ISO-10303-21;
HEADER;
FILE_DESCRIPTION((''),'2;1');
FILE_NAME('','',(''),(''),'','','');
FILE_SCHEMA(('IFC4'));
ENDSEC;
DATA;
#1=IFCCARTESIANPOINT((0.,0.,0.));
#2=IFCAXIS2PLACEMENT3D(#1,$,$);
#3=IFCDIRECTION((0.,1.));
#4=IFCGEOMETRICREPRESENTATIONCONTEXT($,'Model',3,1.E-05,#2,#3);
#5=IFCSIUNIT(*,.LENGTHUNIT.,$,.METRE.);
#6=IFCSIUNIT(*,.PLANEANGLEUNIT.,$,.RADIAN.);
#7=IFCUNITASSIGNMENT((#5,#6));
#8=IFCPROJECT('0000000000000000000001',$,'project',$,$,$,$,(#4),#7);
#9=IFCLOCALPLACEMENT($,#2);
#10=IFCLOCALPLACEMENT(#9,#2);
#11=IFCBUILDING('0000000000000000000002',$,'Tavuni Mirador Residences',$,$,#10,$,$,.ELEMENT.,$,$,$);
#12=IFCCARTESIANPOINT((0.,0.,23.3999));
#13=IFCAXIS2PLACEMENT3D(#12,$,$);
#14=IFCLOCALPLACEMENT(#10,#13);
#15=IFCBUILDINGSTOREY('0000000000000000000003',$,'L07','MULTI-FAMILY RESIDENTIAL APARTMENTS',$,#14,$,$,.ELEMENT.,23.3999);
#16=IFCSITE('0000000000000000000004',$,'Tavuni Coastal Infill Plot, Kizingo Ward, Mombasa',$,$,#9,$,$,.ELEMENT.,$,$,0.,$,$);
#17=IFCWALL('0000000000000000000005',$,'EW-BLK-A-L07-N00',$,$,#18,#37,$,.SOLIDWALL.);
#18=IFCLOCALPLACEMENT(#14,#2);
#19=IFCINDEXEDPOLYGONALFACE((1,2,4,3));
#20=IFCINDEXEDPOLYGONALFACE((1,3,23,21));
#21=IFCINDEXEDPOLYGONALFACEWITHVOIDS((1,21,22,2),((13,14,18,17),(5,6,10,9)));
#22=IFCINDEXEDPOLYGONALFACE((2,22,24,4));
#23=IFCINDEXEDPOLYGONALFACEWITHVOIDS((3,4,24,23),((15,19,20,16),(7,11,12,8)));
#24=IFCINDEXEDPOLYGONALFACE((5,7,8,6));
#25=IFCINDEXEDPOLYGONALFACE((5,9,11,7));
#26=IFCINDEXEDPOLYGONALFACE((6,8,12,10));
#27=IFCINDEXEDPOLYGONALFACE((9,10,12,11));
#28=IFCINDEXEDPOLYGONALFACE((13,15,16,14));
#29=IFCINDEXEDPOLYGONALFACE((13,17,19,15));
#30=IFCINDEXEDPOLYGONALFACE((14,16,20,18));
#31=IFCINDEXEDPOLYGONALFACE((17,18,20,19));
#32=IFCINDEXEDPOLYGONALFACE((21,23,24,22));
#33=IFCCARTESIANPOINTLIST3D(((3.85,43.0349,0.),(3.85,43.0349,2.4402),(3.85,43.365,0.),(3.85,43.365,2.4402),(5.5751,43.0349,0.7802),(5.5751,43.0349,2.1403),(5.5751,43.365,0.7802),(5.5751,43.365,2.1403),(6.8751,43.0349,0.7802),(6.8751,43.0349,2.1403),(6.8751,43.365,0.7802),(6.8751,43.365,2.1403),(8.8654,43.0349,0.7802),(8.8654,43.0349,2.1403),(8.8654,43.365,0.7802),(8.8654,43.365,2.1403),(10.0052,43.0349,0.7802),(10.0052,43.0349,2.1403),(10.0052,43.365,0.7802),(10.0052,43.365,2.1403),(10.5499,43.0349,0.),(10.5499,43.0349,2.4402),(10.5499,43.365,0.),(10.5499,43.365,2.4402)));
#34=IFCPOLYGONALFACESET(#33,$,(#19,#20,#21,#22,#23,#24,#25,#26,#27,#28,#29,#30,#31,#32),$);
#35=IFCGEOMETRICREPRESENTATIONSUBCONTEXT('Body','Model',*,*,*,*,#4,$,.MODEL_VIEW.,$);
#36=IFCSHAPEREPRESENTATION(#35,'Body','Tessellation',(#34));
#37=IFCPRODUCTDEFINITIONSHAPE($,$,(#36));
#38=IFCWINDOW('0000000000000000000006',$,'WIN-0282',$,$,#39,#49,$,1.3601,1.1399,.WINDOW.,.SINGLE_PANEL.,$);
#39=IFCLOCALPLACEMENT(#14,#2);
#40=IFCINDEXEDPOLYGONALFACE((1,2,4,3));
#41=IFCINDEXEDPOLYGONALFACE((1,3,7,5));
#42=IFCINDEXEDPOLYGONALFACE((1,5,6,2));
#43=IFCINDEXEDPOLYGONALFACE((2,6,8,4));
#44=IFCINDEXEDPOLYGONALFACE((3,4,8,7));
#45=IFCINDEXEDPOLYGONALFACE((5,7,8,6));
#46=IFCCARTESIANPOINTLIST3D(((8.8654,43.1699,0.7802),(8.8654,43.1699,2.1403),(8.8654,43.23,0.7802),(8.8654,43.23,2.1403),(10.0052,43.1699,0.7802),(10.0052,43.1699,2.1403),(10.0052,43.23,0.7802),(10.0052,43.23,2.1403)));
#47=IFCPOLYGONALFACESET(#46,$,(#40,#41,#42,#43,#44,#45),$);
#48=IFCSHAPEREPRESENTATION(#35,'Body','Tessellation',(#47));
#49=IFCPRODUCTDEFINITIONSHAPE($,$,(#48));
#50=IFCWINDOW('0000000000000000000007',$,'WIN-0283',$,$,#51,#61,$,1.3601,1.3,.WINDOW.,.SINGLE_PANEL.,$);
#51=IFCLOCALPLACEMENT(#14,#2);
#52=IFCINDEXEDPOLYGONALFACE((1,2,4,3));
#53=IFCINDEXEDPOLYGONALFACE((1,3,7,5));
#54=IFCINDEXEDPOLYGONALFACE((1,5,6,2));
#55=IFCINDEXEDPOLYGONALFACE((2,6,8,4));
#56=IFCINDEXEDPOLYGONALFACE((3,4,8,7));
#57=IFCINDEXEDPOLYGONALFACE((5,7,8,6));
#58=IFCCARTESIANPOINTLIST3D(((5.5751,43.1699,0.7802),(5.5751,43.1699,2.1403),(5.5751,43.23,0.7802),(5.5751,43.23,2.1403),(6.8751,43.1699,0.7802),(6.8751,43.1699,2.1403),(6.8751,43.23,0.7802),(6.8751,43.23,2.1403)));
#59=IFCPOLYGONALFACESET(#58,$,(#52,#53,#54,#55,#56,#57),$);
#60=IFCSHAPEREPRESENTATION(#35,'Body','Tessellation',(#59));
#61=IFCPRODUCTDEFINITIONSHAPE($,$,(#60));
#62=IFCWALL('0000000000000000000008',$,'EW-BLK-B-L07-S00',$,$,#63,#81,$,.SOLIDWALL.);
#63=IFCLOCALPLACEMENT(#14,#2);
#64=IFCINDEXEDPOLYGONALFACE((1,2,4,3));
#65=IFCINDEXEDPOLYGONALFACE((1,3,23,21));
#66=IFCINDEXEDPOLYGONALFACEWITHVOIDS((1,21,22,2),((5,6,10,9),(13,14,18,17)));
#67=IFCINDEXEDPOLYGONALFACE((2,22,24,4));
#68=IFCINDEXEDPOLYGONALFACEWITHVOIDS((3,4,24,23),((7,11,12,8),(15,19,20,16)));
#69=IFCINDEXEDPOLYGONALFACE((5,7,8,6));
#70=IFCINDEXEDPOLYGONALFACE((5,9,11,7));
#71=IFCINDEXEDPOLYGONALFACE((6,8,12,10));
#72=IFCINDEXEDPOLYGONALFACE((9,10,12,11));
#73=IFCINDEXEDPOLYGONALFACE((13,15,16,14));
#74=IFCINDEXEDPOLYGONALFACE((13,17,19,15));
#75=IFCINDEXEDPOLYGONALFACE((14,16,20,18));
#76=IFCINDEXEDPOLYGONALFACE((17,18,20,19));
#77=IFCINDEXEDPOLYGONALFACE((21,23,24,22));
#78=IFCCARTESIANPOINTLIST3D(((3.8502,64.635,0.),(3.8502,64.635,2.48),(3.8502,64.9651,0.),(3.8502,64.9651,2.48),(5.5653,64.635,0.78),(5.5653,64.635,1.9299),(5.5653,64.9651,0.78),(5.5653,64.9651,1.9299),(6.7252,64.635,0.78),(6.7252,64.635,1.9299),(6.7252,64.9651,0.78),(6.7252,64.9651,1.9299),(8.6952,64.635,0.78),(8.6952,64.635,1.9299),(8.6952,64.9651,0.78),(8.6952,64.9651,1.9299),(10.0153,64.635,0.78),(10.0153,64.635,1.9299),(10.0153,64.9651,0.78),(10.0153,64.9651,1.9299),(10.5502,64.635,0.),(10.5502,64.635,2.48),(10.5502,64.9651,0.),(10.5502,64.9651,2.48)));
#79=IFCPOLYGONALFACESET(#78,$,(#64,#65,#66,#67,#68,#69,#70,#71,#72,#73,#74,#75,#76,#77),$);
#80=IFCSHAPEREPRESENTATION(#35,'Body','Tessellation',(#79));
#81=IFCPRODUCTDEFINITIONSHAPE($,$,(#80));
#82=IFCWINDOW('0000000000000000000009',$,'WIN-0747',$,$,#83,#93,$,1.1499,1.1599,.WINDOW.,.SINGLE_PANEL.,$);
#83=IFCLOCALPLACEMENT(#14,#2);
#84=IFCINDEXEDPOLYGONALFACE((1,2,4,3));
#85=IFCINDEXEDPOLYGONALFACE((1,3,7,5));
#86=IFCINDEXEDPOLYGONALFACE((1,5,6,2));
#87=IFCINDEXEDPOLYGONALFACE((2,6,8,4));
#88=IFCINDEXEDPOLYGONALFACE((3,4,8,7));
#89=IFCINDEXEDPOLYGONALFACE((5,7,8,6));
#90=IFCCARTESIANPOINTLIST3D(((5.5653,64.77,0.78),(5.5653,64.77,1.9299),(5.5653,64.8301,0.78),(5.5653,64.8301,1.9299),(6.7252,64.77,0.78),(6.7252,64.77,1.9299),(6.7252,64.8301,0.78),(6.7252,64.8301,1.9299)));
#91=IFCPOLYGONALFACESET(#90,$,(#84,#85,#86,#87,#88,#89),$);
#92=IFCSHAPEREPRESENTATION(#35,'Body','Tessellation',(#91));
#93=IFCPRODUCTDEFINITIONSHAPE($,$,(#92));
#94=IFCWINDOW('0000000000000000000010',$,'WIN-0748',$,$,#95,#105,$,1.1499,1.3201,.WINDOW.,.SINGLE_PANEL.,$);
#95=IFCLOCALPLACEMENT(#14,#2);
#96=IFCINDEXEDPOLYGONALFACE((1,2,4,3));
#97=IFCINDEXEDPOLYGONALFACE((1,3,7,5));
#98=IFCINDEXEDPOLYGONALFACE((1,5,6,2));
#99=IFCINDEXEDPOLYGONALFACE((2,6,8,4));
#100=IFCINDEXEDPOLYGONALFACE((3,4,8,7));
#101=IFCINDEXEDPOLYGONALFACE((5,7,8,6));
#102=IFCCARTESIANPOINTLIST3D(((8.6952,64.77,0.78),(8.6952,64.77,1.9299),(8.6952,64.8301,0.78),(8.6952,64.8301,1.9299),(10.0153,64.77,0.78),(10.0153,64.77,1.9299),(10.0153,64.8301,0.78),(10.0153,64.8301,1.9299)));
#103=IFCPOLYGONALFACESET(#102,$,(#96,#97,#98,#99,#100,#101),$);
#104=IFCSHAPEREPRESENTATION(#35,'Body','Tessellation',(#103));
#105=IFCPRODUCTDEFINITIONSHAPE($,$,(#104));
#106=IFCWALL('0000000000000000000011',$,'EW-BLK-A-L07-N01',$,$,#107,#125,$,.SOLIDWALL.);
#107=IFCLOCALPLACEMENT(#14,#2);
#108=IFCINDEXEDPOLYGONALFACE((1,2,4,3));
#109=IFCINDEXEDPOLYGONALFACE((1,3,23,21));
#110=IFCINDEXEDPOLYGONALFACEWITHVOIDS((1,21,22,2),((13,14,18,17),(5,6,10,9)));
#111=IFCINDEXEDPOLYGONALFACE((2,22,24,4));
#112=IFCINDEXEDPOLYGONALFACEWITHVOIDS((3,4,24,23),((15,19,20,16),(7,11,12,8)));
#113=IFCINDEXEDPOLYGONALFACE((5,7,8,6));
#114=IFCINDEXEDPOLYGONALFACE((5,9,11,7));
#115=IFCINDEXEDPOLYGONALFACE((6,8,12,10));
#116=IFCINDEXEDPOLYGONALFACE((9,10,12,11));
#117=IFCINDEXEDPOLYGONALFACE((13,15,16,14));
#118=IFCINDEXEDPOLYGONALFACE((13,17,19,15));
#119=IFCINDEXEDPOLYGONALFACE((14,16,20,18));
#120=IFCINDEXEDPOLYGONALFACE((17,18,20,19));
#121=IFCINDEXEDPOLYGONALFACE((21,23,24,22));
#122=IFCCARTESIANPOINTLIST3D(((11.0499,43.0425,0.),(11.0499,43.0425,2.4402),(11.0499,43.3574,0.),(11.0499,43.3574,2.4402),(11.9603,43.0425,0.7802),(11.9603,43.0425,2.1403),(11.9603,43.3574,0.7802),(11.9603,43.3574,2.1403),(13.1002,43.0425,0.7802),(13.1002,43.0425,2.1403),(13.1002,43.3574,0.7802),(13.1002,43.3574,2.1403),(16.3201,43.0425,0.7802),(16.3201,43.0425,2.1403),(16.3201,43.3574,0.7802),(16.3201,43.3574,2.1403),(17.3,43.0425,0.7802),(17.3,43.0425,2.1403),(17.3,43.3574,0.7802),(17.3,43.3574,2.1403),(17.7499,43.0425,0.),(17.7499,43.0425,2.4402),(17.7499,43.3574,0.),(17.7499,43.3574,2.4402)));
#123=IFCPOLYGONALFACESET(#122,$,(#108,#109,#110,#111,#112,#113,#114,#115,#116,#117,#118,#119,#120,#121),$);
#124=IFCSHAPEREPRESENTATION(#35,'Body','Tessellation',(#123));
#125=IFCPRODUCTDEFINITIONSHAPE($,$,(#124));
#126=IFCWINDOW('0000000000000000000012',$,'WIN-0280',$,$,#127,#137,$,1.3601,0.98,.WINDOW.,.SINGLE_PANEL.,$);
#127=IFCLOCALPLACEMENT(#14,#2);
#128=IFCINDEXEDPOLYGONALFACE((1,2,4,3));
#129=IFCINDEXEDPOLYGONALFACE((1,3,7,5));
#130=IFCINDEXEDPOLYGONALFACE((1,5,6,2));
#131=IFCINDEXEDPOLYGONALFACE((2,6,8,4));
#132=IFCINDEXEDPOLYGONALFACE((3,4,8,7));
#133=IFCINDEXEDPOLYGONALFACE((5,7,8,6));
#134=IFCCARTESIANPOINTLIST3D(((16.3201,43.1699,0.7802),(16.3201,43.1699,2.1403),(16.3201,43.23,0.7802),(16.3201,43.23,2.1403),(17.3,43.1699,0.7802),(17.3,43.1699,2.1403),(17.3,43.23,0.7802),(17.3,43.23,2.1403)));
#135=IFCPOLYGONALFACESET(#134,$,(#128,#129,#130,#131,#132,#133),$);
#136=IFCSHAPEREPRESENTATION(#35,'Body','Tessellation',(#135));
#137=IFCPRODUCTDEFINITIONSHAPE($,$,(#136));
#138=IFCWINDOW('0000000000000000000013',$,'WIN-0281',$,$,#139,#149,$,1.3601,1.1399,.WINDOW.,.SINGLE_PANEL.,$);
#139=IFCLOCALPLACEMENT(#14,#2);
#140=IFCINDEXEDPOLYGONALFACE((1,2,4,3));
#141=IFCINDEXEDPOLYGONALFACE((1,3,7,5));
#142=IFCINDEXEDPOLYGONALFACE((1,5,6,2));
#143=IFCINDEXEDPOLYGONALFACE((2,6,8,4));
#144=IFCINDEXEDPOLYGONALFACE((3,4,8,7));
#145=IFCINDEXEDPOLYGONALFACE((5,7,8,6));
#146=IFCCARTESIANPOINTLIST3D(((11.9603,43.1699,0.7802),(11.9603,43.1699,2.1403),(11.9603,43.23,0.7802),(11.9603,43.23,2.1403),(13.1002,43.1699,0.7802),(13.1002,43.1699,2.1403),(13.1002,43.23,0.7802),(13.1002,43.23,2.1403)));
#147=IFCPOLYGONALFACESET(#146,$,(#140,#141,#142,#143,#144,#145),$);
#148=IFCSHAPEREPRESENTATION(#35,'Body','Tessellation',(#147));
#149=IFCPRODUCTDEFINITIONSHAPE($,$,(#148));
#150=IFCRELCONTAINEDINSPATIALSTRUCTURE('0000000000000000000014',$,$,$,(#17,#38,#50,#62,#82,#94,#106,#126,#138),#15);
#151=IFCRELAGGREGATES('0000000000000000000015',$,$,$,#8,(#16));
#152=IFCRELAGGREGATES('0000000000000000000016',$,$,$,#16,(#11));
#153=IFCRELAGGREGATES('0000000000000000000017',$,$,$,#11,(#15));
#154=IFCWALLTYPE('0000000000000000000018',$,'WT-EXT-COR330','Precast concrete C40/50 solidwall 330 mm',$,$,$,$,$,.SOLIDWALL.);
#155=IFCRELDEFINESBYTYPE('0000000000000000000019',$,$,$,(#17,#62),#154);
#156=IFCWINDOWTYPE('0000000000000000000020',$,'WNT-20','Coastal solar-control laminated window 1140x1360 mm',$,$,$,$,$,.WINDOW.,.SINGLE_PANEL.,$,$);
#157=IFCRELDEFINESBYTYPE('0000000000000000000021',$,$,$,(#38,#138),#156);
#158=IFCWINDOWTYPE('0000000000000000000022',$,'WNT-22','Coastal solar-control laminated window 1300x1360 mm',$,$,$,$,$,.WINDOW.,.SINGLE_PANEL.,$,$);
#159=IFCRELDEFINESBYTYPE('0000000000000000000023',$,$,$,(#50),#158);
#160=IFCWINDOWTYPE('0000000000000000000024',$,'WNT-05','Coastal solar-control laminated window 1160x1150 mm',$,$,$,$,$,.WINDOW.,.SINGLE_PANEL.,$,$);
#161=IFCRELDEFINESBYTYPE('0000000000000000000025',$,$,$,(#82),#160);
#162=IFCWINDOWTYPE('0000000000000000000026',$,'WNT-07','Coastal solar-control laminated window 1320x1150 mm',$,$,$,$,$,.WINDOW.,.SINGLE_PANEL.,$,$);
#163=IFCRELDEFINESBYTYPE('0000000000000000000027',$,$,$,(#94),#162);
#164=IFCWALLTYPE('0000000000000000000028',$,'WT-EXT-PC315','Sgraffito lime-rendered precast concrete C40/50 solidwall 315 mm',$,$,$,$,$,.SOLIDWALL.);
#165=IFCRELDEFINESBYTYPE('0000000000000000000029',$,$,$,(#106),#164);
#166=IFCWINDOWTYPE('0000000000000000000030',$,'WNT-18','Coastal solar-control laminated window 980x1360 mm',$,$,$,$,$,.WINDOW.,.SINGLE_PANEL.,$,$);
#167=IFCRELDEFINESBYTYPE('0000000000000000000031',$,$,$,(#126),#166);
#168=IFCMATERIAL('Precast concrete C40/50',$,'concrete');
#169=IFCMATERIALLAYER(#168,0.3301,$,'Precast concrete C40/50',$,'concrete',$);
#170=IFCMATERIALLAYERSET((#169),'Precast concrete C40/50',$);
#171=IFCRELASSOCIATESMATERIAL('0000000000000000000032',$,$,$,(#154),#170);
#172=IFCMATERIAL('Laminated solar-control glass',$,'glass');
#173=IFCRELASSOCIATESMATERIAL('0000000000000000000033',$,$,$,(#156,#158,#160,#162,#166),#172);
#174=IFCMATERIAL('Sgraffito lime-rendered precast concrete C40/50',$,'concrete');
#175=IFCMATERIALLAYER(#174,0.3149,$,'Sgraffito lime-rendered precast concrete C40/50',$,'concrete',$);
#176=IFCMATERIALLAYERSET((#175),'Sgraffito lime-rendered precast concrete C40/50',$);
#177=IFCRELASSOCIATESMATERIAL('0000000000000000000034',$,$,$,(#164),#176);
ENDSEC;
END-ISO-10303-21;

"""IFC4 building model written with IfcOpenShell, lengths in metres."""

from ifc_helpers import new_model, si_unit, direction, frame, frame_2d, origin, place, context, subcontext, project, spatial, rectangle, extrude, material, layer, layer_set, type_object, element, fill, save


model = new_model("IFC4")

# Units and contexts
model_context = context("Model", 3, precision=1e-05, world=origin(), true_north=direction((0.0, 1.0)))
body_context = subcontext(model_context, "Body", "Model", "MODEL_VIEW")
ifc_project = project(units=[si_unit("LENGTHUNIT", "METRE"), si_unit("PLANEANGLEUNIT", "RADIAN")], contexts=[model_context])

# Site, building, storey
site_placement = place(None, origin())
site = spatial("IfcSite", under=ifc_project, at=site_placement, Name="Tavuni Coastal Infill Plot, Kizingo Ward, Mombasa", CompositionType="ELEMENT", RefElevation=0.0)
building_placement = place(site_placement, origin())
building = spatial("IfcBuilding", under=site, at=building_placement, Name="Tavuni Mirador Residences", CompositionType="ELEMENT")
storey_placement = place(building_placement, frame((0.0, 0.0, 23.3999)))
storey = spatial("IfcBuildingStorey", under=building, at=storey_placement, Name="L07", Description="MULTI-FAMILY RESIDENTIAL APARTMENTS", CompositionType="ELEMENT", Elevation=23.3999)

# Shared definitions
ifc_material_1 = material(Name="Precast concrete C40/50", Category="concrete")

# Walls, openings, windows
ifc_layer_1 = layer(ifc_material_1, 0.3301, Name="Precast concrete C40/50", Category="concrete")
ifc_layer_set_1 = layer_set([ifc_layer_1], Name="Precast concrete C40/50")
wall_type_1 = type_object("IfcWallType", Name="WT-EXT-COR330", Description="Precast concrete C40/50 solidwall 330 mm", PredefinedType="SOLIDWALL", material=ifc_layer_set_1)
wall_1_placement = place(storey_placement, frame((10.55, 43.2, 0.0), z_axis=(0.0, 0.0, 1.0), x_axis=(-1.0, 0.0, 0.0)))
wall_1 = element("IfcWall", 1, at=wall_1_placement, inside=storey, type_object=wall_type_1, Name="EW-BLK-A-L07-N00", PredefinedType="SOLIDWALL", context=body_context, shape_type="SweptSolid", body=[
    extrude(rectangle(XDim=6.7, YDim=0.3301, at=frame_2d((3.3501, 0.0))), origin(), (0.0, 0.0, 1.0), 2.4402),
])
opening_1_placement = place(wall_1_placement, frame((0.5449, 0.0, 0.78)))
opening_1 = element("IfcOpeningElement", 2, at=opening_1_placement, cuts=wall_1, PredefinedType="OPENING", context=body_context, shape_type="SweptSolid", body=[
    extrude(rectangle(XDim=1.1399, YDim=1.3601, at=frame_2d((0.5698, 0.6802))), frame((0.0, 0.175, 0.0), z_axis=(0.0, -1.0, 0.0), x_axis=(1.0, 0.0, 0.0)), (0.0, 0.0, 1.0), 0.3501),
])
opening_2_placement = place(wall_1_placement, frame((3.675, 0.0, 0.78)))
opening_2 = element("IfcOpeningElement", 3, at=opening_2_placement, cuts=wall_1, PredefinedType="OPENING", context=body_context, shape_type="SweptSolid", body=[
    extrude(rectangle(XDim=1.3, YDim=1.3601, at=frame_2d((0.6499, 0.6802))), frame((0.0, 0.175, 0.0), z_axis=(0.0, -1.0, 0.0), x_axis=(1.0, 0.0, 0.0)), (0.0, 0.0, 1.0), 0.3501),
])
ifc_material_2 = material(Name="Laminated solar-control glass", Category="glass")
window_type_1 = type_object("IfcWindowType", Name="WNT-20", Description="Coastal solar-control laminated window 1140x1360 mm", PartitioningType="SINGLE_PANEL", PredefinedType="WINDOW", material=ifc_material_2)
window_1_placement = place(opening_1_placement, origin())
window_1 = element("IfcWindow", 4, at=window_1_placement, inside=storey, type_object=window_type_1, Name="WIN-0282", OverallHeight=1.3601, OverallWidth=1.1399, PartitioningType="SINGLE_PANEL", PredefinedType="WINDOW", context=body_context, shape_type="SweptSolid", body=[
    extrude(rectangle(XDim=1.1399, YDim=1.3601, at=frame_2d((0.5698, 0.6802))), frame((0.0, 0.03, 0.0), z_axis=(0.0, -1.0, 0.0), x_axis=(1.0, 0.0, 0.0)), (0.0, 0.0, 1.0), 0.0601),
])
fill(opening_1, window_1)
window_type_2 = type_object("IfcWindowType", Name="WNT-22", Description="Coastal solar-control laminated window 1300x1360 mm", PartitioningType="SINGLE_PANEL", PredefinedType="WINDOW", material=ifc_material_2)
window_2_placement = place(opening_2_placement, origin())
window_2 = element("IfcWindow", 5, at=window_2_placement, inside=storey, type_object=window_type_2, Name="WIN-0283", OverallHeight=1.3601, OverallWidth=1.3, PartitioningType="SINGLE_PANEL", PredefinedType="WINDOW", context=body_context, shape_type="SweptSolid", body=[
    extrude(rectangle(XDim=1.3, YDim=1.3601, at=frame_2d((0.6499, 0.6802))), frame((0.0, 0.03, 0.0), z_axis=(0.0, -1.0, 0.0), x_axis=(1.0, 0.0, 0.0)), (0.0, 0.0, 1.0), 0.0601),
])
fill(opening_2, window_2)
wall_2_placement = place(storey_placement, frame((3.8501, 64.8, 0.0), z_axis=(0.0, 0.0, 1.0), x_axis=(1.0, 0.0, 0.0)))
wall_2 = element("IfcWall", 6, at=wall_2_placement, inside=storey, type_object=wall_type_1, Name="EW-BLK-B-L07-S00", PredefinedType="SOLIDWALL", context=body_context, shape_type="SweptSolid", body=[
    extrude(rectangle(XDim=6.7, YDim=0.3301, at=frame_2d((3.3501, 0.0))), origin(), (0.0, 0.0, 1.0), 2.48),
])
opening_3_placement = place(wall_2_placement, frame((1.7151, 0.0, 0.78)))
opening_3 = element("IfcOpeningElement", 7, at=opening_3_placement, cuts=wall_2, PredefinedType="OPENING", context=body_context, shape_type="SweptSolid", body=[
    extrude(rectangle(XDim=1.1599, YDim=1.1499, at=frame_2d((0.5801, 0.575))), frame((0.0, 0.175, 0.0), z_axis=(0.0, -1.0, 0.0), x_axis=(1.0, 0.0, 0.0)), (0.0, 0.0, 1.0), 0.3501),
])
opening_4_placement = place(wall_2_placement, frame((4.845, 0.0, 0.78)))
opening_4 = element("IfcOpeningElement", 8, at=opening_4_placement, cuts=wall_2, PredefinedType="OPENING", context=body_context, shape_type="SweptSolid", body=[
    extrude(rectangle(XDim=1.3201, YDim=1.1499, at=frame_2d((0.6602, 0.575))), frame((0.0, 0.175, 0.0), z_axis=(0.0, -1.0, 0.0), x_axis=(1.0, 0.0, 0.0)), (0.0, 0.0, 1.0), 0.3501),
])
window_type_3 = type_object("IfcWindowType", Name="WNT-05", Description="Coastal solar-control laminated window 1160x1150 mm", PartitioningType="SINGLE_PANEL", PredefinedType="WINDOW", material=ifc_material_2)
window_3_placement = place(opening_3_placement, origin())
window_3 = element("IfcWindow", 9, at=window_3_placement, inside=storey, type_object=window_type_3, Name="WIN-0747", OverallHeight=1.1499, OverallWidth=1.1599, PartitioningType="SINGLE_PANEL", PredefinedType="WINDOW", context=body_context, shape_type="SweptSolid", body=[
    extrude(rectangle(XDim=1.1599, YDim=1.1499, at=frame_2d((0.5801, 0.575))), frame((0.0, 0.03, 0.0), z_axis=(0.0, -1.0, 0.0), x_axis=(1.0, 0.0, 0.0)), (0.0, 0.0, 1.0), 0.0601),
])
fill(opening_3, window_3)
window_type_4 = type_object("IfcWindowType", Name="WNT-07", Description="Coastal solar-control laminated window 1320x1150 mm", PartitioningType="SINGLE_PANEL", PredefinedType="WINDOW", material=ifc_material_2)
window_4_placement = place(opening_4_placement, origin())
window_4 = element("IfcWindow", 10, at=window_4_placement, inside=storey, type_object=window_type_4, Name="WIN-0748", OverallHeight=1.1499, OverallWidth=1.3201, PartitioningType="SINGLE_PANEL", PredefinedType="WINDOW", context=body_context, shape_type="SweptSolid", body=[
    extrude(rectangle(XDim=1.3201, YDim=1.1499, at=frame_2d((0.6602, 0.575))), frame((0.0, 0.03, 0.0), z_axis=(0.0, -1.0, 0.0), x_axis=(1.0, 0.0, 0.0)), (0.0, 0.0, 1.0), 0.0601),
])
fill(opening_4, window_4)
ifc_material_3 = material(Name="Sgraffito lime-rendered precast concrete C40/50", Category="concrete")
ifc_layer_2 = layer(ifc_material_3, 0.3149, Name="Sgraffito lime-rendered precast concrete C40/50", Category="concrete")
ifc_layer_set_2 = layer_set([ifc_layer_2], Name="Sgraffito lime-rendered precast concrete C40/50")
wall_type_2 = type_object("IfcWallType", Name="WT-EXT-PC315", Description="Sgraffito lime-rendered precast concrete C40/50 solidwall 315 mm", PredefinedType="SOLIDWALL", material=ifc_layer_set_2)
wall_3_placement = place(storey_placement, frame((17.75, 43.2, 0.0), z_axis=(0.0, 0.0, 1.0), x_axis=(-1.0, 0.0, 0.0)))
wall_3 = element("IfcWall", 11, at=wall_3_placement, inside=storey, type_object=wall_type_2, Name="EW-BLK-A-L07-N01", PredefinedType="SOLIDWALL", context=body_context, shape_type="SweptSolid", body=[
    extrude(rectangle(XDim=6.7, YDim=0.3149, at=frame_2d((3.3501, 0.0))), origin(), (0.0, 0.0, 1.0), 2.4402),
])
opening_5_placement = place(wall_3_placement, frame((0.45, 0.0, 0.78)))
opening_5 = element("IfcOpeningElement", 12, at=opening_5_placement, cuts=wall_3, PredefinedType="OPENING", context=body_context, shape_type="SweptSolid", body=[
    extrude(rectangle(XDim=0.98, YDim=1.3601, at=frame_2d((0.49, 0.6802))), frame((0.0, 0.1675, 0.0), z_axis=(0.0, -1.0, 0.0), x_axis=(1.0, 0.0, 0.0)), (0.0, 0.0, 1.0), 0.335),
])
opening_6_placement = place(wall_3_placement, frame((4.6499, 0.0, 0.78)))
opening_6 = element("IfcOpeningElement", 13, at=opening_6_placement, cuts=wall_3, PredefinedType="OPENING", context=body_context, shape_type="SweptSolid", body=[
    extrude(rectangle(XDim=1.1399, YDim=1.3601, at=frame_2d((0.5698, 0.6802))), frame((0.0, 0.1675, 0.0), z_axis=(0.0, -1.0, 0.0), x_axis=(1.0, 0.0, 0.0)), (0.0, 0.0, 1.0), 0.335),
])
window_type_5 = type_object("IfcWindowType", Name="WNT-18", Description="Coastal solar-control laminated window 980x1360 mm", PartitioningType="SINGLE_PANEL", PredefinedType="WINDOW", material=ifc_material_2)
window_5_placement = place(opening_5_placement, origin())
window_5 = element("IfcWindow", 14, at=window_5_placement, inside=storey, type_object=window_type_5, Name="WIN-0280", OverallHeight=1.3601, OverallWidth=0.98, PartitioningType="SINGLE_PANEL", PredefinedType="WINDOW", context=body_context, shape_type="SweptSolid", body=[
    extrude(rectangle(XDim=0.98, YDim=1.3601, at=frame_2d((0.49, 0.6802))), frame((0.0, 0.03, 0.0), z_axis=(0.0, -1.0, 0.0), x_axis=(1.0, 0.0, 0.0)), (0.0, 0.0, 1.0), 0.0601),
])
fill(opening_5, window_5)
window_6_placement = place(opening_6_placement, origin())
window_6 = element("IfcWindow", 15, at=window_6_placement, inside=storey, type_object=window_type_1, Name="WIN-0281", OverallHeight=1.3601, OverallWidth=1.1399, PartitioningType="SINGLE_PANEL", PredefinedType="WINDOW", context=body_context, shape_type="SweptSolid", body=[
    extrude(rectangle(XDim=1.1399, YDim=1.3601, at=frame_2d((0.5698, 0.6802))), frame((0.0, 0.03, 0.0), z_axis=(0.0, -1.0, 0.0), x_axis=(1.0, 0.0, 0.0)), (0.0, 0.0, 1.0), 0.0601),
])
fill(opening_6, window_6)

save(model, "model.ifc")
